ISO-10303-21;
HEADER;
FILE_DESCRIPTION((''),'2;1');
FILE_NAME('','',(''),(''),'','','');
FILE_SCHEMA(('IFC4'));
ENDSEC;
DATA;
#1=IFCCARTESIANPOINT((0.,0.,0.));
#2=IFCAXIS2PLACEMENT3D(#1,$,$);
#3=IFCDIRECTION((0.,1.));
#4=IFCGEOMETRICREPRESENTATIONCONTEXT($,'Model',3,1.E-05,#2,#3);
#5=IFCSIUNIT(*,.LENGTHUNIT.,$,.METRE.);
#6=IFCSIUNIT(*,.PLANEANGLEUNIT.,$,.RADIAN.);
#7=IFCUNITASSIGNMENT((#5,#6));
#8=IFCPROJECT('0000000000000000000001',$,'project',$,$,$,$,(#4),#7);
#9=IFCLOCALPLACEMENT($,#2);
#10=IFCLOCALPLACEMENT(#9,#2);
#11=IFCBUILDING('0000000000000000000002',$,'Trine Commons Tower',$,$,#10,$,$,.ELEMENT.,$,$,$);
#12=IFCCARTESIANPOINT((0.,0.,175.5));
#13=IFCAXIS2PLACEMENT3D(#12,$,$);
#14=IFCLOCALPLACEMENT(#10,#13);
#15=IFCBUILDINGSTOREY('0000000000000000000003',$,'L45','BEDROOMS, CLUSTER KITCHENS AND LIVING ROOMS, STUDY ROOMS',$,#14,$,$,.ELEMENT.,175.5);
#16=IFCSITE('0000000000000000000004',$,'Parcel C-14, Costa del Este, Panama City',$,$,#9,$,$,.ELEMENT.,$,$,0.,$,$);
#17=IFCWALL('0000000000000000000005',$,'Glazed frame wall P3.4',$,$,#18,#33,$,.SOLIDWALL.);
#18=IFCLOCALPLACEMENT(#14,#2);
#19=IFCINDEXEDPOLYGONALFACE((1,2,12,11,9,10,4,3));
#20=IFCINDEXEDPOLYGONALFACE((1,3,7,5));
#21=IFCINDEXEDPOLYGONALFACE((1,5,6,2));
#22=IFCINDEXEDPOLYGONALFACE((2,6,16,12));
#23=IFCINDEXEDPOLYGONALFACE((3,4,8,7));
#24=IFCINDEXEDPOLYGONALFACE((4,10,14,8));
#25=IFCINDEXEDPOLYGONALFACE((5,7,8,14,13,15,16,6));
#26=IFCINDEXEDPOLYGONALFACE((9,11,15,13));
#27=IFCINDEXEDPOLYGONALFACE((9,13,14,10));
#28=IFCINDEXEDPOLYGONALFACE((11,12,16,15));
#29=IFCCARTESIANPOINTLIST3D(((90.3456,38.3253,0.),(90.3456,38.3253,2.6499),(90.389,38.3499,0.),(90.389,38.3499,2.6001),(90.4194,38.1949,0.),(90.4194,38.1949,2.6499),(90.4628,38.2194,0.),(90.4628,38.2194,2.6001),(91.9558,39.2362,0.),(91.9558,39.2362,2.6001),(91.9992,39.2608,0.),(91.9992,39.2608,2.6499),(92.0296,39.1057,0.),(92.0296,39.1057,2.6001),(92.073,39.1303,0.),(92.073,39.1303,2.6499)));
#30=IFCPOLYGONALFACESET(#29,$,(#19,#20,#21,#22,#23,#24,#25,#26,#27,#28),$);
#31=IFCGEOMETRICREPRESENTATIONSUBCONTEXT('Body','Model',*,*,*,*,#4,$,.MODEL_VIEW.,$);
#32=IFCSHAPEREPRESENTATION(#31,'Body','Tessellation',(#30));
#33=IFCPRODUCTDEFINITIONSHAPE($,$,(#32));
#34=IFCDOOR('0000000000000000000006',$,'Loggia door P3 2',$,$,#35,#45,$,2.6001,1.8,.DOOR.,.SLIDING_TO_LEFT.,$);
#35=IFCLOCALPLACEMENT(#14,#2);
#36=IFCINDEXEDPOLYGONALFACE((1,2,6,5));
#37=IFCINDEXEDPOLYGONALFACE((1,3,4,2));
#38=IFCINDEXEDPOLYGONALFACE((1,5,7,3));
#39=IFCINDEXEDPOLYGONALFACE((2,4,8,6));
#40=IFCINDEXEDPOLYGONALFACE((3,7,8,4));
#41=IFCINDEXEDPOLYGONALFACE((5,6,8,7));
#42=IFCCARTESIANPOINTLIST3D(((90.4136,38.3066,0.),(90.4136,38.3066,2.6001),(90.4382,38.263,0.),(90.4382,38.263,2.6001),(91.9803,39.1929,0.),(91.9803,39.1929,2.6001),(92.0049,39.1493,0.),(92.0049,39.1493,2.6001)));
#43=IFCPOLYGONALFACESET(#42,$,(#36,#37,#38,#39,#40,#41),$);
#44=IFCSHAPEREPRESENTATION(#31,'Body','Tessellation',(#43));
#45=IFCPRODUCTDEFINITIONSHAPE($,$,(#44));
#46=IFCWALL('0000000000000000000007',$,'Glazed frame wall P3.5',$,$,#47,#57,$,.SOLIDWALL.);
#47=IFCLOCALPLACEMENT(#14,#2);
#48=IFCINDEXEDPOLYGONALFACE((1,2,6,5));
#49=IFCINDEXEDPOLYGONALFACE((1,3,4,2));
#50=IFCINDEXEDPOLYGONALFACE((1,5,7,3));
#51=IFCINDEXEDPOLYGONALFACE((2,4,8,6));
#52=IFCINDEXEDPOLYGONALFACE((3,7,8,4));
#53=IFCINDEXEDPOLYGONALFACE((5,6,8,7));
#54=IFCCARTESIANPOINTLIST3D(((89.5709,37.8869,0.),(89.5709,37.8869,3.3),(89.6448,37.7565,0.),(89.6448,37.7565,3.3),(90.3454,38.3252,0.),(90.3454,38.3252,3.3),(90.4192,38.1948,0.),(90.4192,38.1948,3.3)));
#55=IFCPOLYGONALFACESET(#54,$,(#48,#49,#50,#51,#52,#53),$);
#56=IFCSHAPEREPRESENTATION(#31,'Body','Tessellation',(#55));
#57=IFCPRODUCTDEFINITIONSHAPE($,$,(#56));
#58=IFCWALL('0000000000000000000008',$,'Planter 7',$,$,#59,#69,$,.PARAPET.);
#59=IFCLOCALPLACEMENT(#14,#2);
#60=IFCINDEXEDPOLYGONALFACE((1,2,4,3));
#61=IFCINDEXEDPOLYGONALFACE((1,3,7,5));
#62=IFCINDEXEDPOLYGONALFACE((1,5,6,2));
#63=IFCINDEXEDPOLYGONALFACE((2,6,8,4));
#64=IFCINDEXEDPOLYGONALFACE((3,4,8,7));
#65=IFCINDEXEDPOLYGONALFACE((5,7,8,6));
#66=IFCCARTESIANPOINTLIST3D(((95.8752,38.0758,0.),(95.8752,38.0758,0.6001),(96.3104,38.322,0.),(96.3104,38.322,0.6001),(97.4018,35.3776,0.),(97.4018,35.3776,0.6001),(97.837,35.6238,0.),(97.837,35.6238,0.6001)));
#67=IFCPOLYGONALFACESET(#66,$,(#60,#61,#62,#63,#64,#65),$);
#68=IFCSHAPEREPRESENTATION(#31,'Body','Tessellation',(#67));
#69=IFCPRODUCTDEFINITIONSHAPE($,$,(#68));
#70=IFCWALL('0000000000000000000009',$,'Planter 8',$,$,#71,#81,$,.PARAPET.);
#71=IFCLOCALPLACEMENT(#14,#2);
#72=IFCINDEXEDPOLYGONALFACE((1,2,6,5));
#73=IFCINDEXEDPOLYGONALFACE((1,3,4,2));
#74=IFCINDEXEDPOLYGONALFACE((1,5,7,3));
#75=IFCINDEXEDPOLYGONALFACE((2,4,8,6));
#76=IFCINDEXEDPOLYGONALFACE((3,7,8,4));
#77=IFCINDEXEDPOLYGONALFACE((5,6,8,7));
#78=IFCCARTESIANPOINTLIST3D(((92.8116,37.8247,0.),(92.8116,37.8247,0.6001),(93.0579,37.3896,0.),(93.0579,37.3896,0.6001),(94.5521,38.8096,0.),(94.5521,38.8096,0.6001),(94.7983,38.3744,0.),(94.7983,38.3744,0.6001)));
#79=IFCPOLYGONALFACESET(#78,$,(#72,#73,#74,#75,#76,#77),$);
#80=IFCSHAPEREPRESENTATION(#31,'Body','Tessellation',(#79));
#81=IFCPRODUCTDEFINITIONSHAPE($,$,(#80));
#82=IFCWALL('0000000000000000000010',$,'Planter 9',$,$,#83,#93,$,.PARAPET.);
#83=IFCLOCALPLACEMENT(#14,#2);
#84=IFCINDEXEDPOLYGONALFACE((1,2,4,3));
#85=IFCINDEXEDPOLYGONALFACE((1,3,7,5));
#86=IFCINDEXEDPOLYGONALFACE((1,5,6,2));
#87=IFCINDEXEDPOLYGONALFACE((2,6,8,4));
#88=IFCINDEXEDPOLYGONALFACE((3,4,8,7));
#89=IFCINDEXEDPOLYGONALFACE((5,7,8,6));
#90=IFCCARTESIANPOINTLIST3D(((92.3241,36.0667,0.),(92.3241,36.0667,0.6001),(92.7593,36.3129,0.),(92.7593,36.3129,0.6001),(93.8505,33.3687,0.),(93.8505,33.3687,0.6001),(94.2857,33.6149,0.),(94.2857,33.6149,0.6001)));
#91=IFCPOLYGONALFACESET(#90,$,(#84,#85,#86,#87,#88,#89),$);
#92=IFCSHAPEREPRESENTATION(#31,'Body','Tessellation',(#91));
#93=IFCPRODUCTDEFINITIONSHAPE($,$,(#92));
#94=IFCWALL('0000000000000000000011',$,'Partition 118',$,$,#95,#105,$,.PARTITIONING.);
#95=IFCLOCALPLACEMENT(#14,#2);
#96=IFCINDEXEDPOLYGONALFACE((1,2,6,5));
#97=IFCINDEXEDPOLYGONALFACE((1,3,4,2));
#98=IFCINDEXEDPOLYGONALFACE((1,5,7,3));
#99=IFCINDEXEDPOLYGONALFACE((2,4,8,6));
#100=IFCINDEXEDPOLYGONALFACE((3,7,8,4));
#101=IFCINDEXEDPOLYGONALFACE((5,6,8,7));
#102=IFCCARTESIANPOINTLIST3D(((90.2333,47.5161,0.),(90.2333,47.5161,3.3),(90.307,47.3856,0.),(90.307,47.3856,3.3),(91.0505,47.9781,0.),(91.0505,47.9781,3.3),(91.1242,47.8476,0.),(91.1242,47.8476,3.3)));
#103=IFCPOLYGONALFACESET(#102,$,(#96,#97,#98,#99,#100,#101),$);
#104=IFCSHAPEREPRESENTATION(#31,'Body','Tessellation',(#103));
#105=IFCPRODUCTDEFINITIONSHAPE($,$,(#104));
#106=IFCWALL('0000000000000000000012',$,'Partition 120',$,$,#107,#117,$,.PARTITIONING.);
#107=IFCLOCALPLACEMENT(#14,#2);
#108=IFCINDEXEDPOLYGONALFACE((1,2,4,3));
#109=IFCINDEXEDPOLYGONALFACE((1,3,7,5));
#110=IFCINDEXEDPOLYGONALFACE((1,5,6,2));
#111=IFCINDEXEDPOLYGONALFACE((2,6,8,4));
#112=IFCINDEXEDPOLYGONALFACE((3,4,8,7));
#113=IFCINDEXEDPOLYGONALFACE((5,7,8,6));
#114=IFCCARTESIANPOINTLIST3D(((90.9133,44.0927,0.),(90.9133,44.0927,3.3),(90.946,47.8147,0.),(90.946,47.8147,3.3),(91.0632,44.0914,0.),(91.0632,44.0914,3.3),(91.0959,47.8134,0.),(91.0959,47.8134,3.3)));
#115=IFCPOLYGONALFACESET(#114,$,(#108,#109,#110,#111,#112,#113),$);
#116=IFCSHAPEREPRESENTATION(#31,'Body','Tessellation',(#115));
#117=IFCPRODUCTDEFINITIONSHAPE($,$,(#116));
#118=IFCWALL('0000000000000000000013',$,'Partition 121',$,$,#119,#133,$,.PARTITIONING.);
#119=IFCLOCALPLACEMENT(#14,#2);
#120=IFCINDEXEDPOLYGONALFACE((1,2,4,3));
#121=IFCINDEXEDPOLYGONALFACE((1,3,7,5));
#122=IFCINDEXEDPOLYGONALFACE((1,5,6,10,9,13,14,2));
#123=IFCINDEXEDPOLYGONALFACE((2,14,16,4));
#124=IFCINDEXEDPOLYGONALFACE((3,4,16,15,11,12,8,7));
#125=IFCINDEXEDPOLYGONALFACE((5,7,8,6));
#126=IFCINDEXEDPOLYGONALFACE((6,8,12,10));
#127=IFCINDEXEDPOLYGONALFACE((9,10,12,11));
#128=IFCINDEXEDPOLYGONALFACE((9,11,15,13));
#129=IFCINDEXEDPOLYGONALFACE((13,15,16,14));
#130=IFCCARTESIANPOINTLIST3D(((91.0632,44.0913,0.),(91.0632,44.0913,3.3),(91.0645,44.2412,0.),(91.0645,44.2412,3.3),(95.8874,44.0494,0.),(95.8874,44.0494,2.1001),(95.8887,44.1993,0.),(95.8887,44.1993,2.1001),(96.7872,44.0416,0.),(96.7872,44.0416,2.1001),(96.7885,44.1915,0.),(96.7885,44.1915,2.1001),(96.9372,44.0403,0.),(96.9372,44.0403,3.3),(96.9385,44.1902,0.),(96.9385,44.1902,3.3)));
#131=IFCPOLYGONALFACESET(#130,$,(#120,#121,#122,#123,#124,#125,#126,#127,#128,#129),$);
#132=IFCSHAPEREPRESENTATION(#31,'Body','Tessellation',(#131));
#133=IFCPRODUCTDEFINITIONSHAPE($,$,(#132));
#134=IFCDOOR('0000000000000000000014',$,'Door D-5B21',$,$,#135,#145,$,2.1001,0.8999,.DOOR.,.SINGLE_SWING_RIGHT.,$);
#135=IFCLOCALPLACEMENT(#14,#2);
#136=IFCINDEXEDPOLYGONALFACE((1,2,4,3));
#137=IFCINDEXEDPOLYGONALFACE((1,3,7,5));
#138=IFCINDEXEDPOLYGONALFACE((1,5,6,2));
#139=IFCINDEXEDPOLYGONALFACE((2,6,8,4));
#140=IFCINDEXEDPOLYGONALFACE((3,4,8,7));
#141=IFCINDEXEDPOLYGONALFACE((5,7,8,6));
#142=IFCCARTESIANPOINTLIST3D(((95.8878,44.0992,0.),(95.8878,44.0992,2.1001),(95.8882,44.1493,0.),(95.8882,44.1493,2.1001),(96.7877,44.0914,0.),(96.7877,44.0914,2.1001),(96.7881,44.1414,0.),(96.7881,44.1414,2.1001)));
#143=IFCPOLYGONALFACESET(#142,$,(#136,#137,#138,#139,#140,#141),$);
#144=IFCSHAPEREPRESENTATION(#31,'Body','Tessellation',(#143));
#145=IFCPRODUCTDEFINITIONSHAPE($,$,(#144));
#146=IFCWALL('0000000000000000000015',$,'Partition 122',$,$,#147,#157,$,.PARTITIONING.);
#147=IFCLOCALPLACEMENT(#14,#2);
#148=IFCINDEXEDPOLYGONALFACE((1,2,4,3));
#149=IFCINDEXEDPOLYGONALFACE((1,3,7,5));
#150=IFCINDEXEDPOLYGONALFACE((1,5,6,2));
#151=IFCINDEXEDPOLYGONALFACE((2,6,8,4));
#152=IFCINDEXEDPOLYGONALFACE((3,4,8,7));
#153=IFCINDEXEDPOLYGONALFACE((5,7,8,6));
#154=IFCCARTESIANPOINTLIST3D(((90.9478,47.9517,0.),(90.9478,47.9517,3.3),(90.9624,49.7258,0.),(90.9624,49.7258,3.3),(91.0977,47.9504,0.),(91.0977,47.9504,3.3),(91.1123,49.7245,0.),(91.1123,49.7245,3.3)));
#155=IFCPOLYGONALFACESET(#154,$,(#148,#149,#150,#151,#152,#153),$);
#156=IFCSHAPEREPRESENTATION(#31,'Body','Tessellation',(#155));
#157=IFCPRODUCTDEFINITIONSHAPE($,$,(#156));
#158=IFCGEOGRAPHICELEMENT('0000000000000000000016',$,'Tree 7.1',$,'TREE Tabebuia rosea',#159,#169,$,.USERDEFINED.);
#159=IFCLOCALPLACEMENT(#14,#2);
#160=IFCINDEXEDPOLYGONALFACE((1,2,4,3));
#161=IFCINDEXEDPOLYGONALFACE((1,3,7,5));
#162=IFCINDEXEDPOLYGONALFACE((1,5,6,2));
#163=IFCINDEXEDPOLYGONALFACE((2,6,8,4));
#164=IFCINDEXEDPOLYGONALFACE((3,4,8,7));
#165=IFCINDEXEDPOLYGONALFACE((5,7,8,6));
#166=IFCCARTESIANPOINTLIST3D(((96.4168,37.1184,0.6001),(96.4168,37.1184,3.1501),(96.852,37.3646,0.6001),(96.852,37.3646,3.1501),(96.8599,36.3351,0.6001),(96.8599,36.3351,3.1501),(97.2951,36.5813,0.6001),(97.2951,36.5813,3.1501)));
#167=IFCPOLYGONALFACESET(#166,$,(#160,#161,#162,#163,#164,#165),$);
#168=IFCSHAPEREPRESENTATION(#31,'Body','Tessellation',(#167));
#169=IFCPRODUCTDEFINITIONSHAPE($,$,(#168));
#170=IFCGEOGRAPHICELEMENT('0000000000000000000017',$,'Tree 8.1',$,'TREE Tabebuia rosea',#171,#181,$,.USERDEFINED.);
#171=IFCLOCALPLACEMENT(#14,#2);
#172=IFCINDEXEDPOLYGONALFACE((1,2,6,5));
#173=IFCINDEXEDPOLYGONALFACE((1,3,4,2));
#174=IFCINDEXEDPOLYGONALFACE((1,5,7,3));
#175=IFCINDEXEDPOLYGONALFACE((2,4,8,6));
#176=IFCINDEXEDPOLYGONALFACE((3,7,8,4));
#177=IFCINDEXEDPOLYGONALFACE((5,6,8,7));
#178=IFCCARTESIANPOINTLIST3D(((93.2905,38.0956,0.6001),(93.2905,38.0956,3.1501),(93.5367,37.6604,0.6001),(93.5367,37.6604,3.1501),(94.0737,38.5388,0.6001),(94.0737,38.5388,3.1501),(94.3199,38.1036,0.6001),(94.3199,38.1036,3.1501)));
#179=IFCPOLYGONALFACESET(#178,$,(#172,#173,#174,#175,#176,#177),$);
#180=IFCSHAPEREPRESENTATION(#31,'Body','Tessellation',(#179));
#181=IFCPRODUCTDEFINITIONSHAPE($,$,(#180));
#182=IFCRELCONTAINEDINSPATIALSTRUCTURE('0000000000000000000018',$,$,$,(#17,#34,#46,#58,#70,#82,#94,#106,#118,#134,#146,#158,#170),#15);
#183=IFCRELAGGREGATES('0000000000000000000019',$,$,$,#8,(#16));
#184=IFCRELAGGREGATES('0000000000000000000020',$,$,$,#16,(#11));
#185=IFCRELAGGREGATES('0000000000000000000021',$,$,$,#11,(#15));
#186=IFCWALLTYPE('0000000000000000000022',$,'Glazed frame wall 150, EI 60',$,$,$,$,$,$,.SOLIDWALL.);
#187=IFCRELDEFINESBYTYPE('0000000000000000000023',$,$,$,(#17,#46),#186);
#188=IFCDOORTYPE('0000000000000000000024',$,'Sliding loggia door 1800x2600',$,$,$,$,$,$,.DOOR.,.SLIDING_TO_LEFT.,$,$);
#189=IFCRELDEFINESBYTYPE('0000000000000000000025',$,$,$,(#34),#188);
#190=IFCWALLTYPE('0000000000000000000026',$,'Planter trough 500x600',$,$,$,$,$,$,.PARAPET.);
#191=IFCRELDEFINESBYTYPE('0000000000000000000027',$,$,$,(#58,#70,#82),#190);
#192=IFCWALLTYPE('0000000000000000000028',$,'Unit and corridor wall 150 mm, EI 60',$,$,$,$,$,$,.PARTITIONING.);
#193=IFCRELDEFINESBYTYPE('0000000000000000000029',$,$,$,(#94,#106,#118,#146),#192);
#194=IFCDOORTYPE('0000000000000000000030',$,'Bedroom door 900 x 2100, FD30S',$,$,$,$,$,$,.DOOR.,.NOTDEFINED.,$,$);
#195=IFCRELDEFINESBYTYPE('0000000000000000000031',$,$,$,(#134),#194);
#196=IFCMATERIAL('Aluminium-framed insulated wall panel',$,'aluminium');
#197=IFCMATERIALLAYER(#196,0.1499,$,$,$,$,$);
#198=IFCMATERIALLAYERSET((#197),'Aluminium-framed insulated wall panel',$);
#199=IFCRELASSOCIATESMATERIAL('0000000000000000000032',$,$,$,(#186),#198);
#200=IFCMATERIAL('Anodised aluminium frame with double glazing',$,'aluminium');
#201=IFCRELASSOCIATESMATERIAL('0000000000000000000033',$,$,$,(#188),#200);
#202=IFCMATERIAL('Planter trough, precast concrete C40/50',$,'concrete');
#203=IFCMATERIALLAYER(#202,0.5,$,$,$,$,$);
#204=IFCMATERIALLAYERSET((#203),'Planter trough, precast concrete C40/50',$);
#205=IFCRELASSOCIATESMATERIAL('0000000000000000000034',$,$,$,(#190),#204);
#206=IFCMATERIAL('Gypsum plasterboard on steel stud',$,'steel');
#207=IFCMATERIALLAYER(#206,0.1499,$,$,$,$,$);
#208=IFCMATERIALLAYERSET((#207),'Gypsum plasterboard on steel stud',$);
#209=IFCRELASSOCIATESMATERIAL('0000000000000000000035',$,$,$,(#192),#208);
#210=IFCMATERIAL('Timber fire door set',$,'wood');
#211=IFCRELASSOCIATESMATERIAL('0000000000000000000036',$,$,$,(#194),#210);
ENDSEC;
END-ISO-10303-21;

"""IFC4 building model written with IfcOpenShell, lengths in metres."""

from ifc_helpers import new_model, si_unit, direction, frame, frame_2d, origin, origin_2d, place, context, subcontext, project, spatial, polyline, rectangle, outline, extrude, material, layer, layer_set, type_object, element, fill, save


model = new_model("IFC4")

# Units and contexts
model_context = context("Model", 3, precision=1e-05, world=origin(), true_north=direction((0.0, 1.0)))
body_context = subcontext(model_context, "Body", "Model", "MODEL_VIEW")
ifc_project = project(units=[si_unit("LENGTHUNIT", "METRE"), si_unit("PLANEANGLEUNIT", "RADIAN")], contexts=[model_context])

# Site, building, storey
site_placement = place(None, origin())
site = spatial("IfcSite", under=ifc_project, at=site_placement, Name="Parcel C-14, Costa del Este, Panama City", CompositionType="ELEMENT", RefElevation=0.0)
building_placement = place(site_placement, origin())
building = spatial("IfcBuilding", under=site, at=building_placement, Name="Trine Commons Tower", CompositionType="ELEMENT")
storey_placement = place(building_placement, frame((0.0, 0.0, 175.5)))
storey = spatial("IfcBuildingStorey", under=building, at=storey_placement, Name="L45", Description="BEDROOMS, CLUSTER KITCHENS AND LIVING ROOMS, STUDY ROOMS", CompositionType="ELEMENT", Elevation=175.5)

# Shared definitions
ifc_material_1 = material(Name="Aluminium-framed insulated wall panel", Category="aluminium")
ifc_layer_1 = layer(ifc_material_1, 0.1499)
ifc_layer_set_1 = layer_set([ifc_layer_1], Name="Aluminium-framed insulated wall panel")
wall_type_1 = type_object("IfcWallType", Name="Glazed frame wall 150, EI 60", PredefinedType="SOLIDWALL", material=ifc_layer_set_1)

# Shared definitions
ifc_material_2 = material(Name="Anodised aluminium frame with double glazing", Category="aluminium")
door_type_1 = type_object("IfcDoorType", Name="Sliding loggia door 1800x2600", OperationType="SLIDING_TO_LEFT", PredefinedType="DOOR", material=ifc_material_2)

# Wall, opening, door
wall_1_placement = place(storey_placement, frame((92.0361, 39.1956, 0.0), z_axis=(0.0, 0.0, 1.0), x_axis=(-0.870386, -0.492371, 0.0)))
wall_1 = element("IfcWall", 1, at=wall_1_placement, inside=storey, type_object=wall_type_1, Name="Glazed frame wall P3.4", PredefinedType="SOLIDWALL", context=body_context, shape_type="SweptSolid", body=[
    extrude(outline(polyline([(0.0, -0.075), (1.8999, -0.075), (1.8999, 0.075), (0.0, 0.075), (0.0, -0.075)])), origin(), (0.0, 0.0, 1.0), 2.6499),
])
opening_1_placement = place(wall_1_placement, frame((0.05, 0.0, 0.0)))
opening_1 = element("IfcOpeningElement", 2, at=opening_1_placement, cuts=wall_1, PredefinedType="OPENING", context=body_context, shape_type="SweptSolid", body=[
    extrude(rectangle(XDim=1.8, YDim=2.6001, at=frame_2d((0.8999, 1.3))), frame((0.0, 0.085, 0.0), z_axis=(0.0, -1.0, 0.0), x_axis=(1.0, 0.0, 0.0)), (0.0, 0.0, 1.0), 0.1699),
])
door_1_placement = place(opening_1_placement, origin())
door_1 = element("IfcDoor", 3, at=door_1_placement, inside=storey, type_object=door_type_1, Name="Loggia door P3 2", OperationType="SLIDING_TO_LEFT", OverallHeight=2.6001, OverallWidth=1.8, PredefinedType="DOOR", context=body_context, shape_type="SweptSolid", body=[
    extrude(rectangle(XDim=1.8, YDim=2.6001, at=frame_2d((0.8999, 1.3))), frame((0.0, 0.0249, 0.0), z_axis=(0.0, -1.0, 0.0), x_axis=(1.0, 0.0, 0.0)), (0.0, 0.0, 1.0), 0.05),
])
fill(opening_1, door_1)

# Walls
wall_2_placement = place(storey_placement, frame((90.3823, 38.26, 0.0), z_axis=(0.0, 0.0, 1.0), x_axis=(-0.870294, -0.492532, 0.0)))
element("IfcWall", 4, at=wall_2_placement, inside=storey, type_object=wall_type_1, Name="Glazed frame wall P3.5", PredefinedType="SOLIDWALL", context=body_context, shape_type="SweptSolid", body=[
    extrude(outline(polyline([(0.8899, 0.075), (0.0, 0.075), (0.0, -0.075), (0.8899, -0.075), (0.8899, 0.075)])), origin(), (0.0, 0.0, 1.0), 3.3),
])
ifc_material_3 = material(Name="Planter trough, precast concrete C40/50", Category="concrete")
ifc_layer_2 = layer(ifc_material_3, 0.5)
ifc_layer_set_2 = layer_set([ifc_layer_2], Name="Planter trough, precast concrete C40/50")
wall_type_2 = type_object("IfcWallType", Name="Planter trough 500x600", PredefinedType="PARAPET", material=ifc_layer_set_2)
wall_3_placement = place(storey_placement, frame((97.6194, 35.5007, 0.0), z_axis=(0.0, 0.0, 1.0), x_axis=(-0.492428, 0.870353, 0.0)))
element("IfcWall", 5, at=wall_3_placement, inside=storey, type_object=wall_type_2, Name="Planter 7", PredefinedType="PARAPET", context=body_context, shape_type="SweptSolid", body=[
    extrude(rectangle(XDim=3.1001, YDim=0.5, at=frame_2d((1.55, 0.0))), origin(), (0.0, 0.0, 1.0), 0.6001),
])
wall_4_placement = place(storey_placement, frame((94.6753, 38.592, 0.0), z_axis=(0.0, 0.0, 1.0), x_axis=(-0.870324, -0.49248, 0.0)))
element("IfcWall", 6, at=wall_4_placement, inside=storey, type_object=wall_type_2, Name="Planter 8", PredefinedType="PARAPET", context=body_context, shape_type="SweptSolid", body=[
    extrude(rectangle(XDim=1.9998, YDim=0.5, at=frame_2d((1.0, 0.0))), origin(), (0.0, 0.0, 1.0), 0.6001),
])
wall_5_placement = place(storey_placement, frame((92.5417, 36.1897, 0.0), z_axis=(0.0, 0.0, 1.0), x_axis=(0.492402, -0.870368, 0.0)))
element("IfcWall", 7, at=wall_5_placement, inside=storey, type_object=wall_type_2, Name="Planter 9", PredefinedType="PARAPET", context=body_context, shape_type="SweptSolid", body=[
    extrude(rectangle(XDim=3.0999, YDim=0.5, at=frame_2d((1.5498, 0.0))), origin(), (0.0, 0.0, 1.0), 0.6001),
])
ifc_material_4 = material(Name="Gypsum plasterboard on steel stud", Category="steel")
ifc_layer_3 = layer(ifc_material_4, 0.1499)
ifc_layer_set_3 = layer_set([ifc_layer_3], Name="Gypsum plasterboard on steel stud")
wall_type_3 = type_object("IfcWallType", Name="Unit and corridor wall 150 mm, EI 60", PredefinedType="PARTITIONING", material=ifc_layer_set_3)
wall_6_placement = place(storey_placement, frame((90.2703, 47.4509, 0.0), z_axis=(0.0, 0.0, 1.0), x_axis=(0.870539, 0.4921, 0.0)))
element("IfcWall", 8, at=wall_6_placement, inside=storey, type_object=wall_type_3, Name="Partition 118", PredefinedType="PARTITIONING", context=body_context, shape_type="SweptSolid", body=[
    extrude(rectangle(XDim=0.9387, YDim=0.1499, at=frame_2d((0.4692, 0.0))), origin(), (0.0, 0.0, 1.0), 3.3),
])
wall_7_placement = place(storey_placement, frame((90.9883, 44.092, 0.0), z_axis=(0.0, 0.0, 1.0), x_axis=(0.008789, 0.999961, 0.0)))
element("IfcWall", 9, at=wall_7_placement, inside=storey, type_object=wall_type_3, Name="Partition 120", PredefinedType="PARTITIONING", context=body_context, shape_type="SweptSolid", body=[
    extrude(rectangle(XDim=3.7222, YDim=0.1499, at=frame_2d((1.8611, 0.0))), origin(), (0.0, 0.0, 1.0), 3.3),
])

# Wall, opening, door
wall_8_placement = place(storey_placement, frame((91.064, 44.1663, 0.0), z_axis=(0.0, 0.0, 1.0), x_axis=(0.999962, -0.008686, 0.0)))
wall_8 = element("IfcWall", 10, at=wall_8_placement, inside=storey, type_object=wall_type_3, Name="Partition 121", PredefinedType="PARTITIONING", context=body_context, shape_type="SweptSolid", body=[
    extrude(rectangle(XDim=5.8743, YDim=0.1499, at=frame_2d((2.937, 0.0))), origin(), (0.0, 0.0, 1.0), 3.3),
])
opening_2_placement = place(wall_8_placement, frame((4.8242, 0.0, 0.0)))
opening_2 = element("IfcOpeningElement", 11, at=opening_2_placement, cuts=wall_8, PredefinedType="OPENING", context=body_context, shape_type="SweptSolid", body=[
    extrude(rectangle(XDim=0.8999, YDim=2.1001, at=frame_2d((0.45, 1.05))), frame((0.0, 0.085, 0.0), z_axis=(0.0, -1.0, 0.0), x_axis=(1.0, 0.0, 0.0)), (0.0, 0.0, 1.0), 0.1699),
])
ifc_material_5 = material(Name="Timber fire door set", Category="wood")
door_type_2 = type_object("IfcDoorType", Name="Bedroom door 900 x 2100, FD30S", OperationType="NOTDEFINED", PredefinedType="DOOR", material=ifc_material_5)
door_2_placement = place(opening_2_placement, origin())
door_2 = element("IfcDoor", 12, at=door_2_placement, inside=storey, type_object=door_type_2, Name="Door D-5B21", OperationType="SINGLE_SWING_RIGHT", OverallHeight=2.1001, OverallWidth=0.8999, PredefinedType="DOOR", context=body_context, shape_type="SweptSolid", body=[
    extrude(rectangle(XDim=0.8999, YDim=2.1001, at=frame_2d((0.45, 1.05))), frame((0.0, 0.0249, 0.0), z_axis=(0.0, -1.0, 0.0), x_axis=(1.0, 0.0, 0.0)), (0.0, 0.0, 1.0), 0.05),
])
fill(opening_2, door_2)

# Wall
wall_9_placement = place(storey_placement, frame((91.0227, 47.9509, 0.0), z_axis=(0.0, 0.0, 1.0), x_axis=(0.008256, 0.999966, 0.0)))
element("IfcWall", 13, at=wall_9_placement, inside=storey, type_object=wall_type_3, Name="Partition 122", PredefinedType="PARTITIONING", context=body_context, shape_type="SweptSolid", body=[
    extrude(rectangle(XDim=1.7742, YDim=0.1499, at=frame_2d((0.8872, 0.0))), origin(), (0.0, 0.0, 1.0), 3.3),
])

# Geographic elements
for number, where, z_axis, x_axis, name in (
    (14, (96.856, 36.8499, 0.6001), (0.0, 0.0, 1.0), (-0.492421, 0.870357, 0.0), "Tree 7.1"),
    (15, (93.8052, 38.0996, 0.6001), (0.0, 0.0, 1.0), (-0.870333, -0.492463, 0.0), "Tree 8.1"),
):
    element("IfcGeographicElement", number, at=place(storey_placement, frame(where, z_axis=z_axis, x_axis=x_axis)), inside=storey, Name=name, ObjectType="TREE Tabebuia rosea", PredefinedType="USERDEFINED", context=body_context, shape_type="SweptSolid", body=[
        extrude(rectangle(XDim=0.8999, YDim=0.5, at=origin_2d()), origin(), (0.0, 0.0, 1.0), 2.55),
    ])

save(model, "model.ifc")
